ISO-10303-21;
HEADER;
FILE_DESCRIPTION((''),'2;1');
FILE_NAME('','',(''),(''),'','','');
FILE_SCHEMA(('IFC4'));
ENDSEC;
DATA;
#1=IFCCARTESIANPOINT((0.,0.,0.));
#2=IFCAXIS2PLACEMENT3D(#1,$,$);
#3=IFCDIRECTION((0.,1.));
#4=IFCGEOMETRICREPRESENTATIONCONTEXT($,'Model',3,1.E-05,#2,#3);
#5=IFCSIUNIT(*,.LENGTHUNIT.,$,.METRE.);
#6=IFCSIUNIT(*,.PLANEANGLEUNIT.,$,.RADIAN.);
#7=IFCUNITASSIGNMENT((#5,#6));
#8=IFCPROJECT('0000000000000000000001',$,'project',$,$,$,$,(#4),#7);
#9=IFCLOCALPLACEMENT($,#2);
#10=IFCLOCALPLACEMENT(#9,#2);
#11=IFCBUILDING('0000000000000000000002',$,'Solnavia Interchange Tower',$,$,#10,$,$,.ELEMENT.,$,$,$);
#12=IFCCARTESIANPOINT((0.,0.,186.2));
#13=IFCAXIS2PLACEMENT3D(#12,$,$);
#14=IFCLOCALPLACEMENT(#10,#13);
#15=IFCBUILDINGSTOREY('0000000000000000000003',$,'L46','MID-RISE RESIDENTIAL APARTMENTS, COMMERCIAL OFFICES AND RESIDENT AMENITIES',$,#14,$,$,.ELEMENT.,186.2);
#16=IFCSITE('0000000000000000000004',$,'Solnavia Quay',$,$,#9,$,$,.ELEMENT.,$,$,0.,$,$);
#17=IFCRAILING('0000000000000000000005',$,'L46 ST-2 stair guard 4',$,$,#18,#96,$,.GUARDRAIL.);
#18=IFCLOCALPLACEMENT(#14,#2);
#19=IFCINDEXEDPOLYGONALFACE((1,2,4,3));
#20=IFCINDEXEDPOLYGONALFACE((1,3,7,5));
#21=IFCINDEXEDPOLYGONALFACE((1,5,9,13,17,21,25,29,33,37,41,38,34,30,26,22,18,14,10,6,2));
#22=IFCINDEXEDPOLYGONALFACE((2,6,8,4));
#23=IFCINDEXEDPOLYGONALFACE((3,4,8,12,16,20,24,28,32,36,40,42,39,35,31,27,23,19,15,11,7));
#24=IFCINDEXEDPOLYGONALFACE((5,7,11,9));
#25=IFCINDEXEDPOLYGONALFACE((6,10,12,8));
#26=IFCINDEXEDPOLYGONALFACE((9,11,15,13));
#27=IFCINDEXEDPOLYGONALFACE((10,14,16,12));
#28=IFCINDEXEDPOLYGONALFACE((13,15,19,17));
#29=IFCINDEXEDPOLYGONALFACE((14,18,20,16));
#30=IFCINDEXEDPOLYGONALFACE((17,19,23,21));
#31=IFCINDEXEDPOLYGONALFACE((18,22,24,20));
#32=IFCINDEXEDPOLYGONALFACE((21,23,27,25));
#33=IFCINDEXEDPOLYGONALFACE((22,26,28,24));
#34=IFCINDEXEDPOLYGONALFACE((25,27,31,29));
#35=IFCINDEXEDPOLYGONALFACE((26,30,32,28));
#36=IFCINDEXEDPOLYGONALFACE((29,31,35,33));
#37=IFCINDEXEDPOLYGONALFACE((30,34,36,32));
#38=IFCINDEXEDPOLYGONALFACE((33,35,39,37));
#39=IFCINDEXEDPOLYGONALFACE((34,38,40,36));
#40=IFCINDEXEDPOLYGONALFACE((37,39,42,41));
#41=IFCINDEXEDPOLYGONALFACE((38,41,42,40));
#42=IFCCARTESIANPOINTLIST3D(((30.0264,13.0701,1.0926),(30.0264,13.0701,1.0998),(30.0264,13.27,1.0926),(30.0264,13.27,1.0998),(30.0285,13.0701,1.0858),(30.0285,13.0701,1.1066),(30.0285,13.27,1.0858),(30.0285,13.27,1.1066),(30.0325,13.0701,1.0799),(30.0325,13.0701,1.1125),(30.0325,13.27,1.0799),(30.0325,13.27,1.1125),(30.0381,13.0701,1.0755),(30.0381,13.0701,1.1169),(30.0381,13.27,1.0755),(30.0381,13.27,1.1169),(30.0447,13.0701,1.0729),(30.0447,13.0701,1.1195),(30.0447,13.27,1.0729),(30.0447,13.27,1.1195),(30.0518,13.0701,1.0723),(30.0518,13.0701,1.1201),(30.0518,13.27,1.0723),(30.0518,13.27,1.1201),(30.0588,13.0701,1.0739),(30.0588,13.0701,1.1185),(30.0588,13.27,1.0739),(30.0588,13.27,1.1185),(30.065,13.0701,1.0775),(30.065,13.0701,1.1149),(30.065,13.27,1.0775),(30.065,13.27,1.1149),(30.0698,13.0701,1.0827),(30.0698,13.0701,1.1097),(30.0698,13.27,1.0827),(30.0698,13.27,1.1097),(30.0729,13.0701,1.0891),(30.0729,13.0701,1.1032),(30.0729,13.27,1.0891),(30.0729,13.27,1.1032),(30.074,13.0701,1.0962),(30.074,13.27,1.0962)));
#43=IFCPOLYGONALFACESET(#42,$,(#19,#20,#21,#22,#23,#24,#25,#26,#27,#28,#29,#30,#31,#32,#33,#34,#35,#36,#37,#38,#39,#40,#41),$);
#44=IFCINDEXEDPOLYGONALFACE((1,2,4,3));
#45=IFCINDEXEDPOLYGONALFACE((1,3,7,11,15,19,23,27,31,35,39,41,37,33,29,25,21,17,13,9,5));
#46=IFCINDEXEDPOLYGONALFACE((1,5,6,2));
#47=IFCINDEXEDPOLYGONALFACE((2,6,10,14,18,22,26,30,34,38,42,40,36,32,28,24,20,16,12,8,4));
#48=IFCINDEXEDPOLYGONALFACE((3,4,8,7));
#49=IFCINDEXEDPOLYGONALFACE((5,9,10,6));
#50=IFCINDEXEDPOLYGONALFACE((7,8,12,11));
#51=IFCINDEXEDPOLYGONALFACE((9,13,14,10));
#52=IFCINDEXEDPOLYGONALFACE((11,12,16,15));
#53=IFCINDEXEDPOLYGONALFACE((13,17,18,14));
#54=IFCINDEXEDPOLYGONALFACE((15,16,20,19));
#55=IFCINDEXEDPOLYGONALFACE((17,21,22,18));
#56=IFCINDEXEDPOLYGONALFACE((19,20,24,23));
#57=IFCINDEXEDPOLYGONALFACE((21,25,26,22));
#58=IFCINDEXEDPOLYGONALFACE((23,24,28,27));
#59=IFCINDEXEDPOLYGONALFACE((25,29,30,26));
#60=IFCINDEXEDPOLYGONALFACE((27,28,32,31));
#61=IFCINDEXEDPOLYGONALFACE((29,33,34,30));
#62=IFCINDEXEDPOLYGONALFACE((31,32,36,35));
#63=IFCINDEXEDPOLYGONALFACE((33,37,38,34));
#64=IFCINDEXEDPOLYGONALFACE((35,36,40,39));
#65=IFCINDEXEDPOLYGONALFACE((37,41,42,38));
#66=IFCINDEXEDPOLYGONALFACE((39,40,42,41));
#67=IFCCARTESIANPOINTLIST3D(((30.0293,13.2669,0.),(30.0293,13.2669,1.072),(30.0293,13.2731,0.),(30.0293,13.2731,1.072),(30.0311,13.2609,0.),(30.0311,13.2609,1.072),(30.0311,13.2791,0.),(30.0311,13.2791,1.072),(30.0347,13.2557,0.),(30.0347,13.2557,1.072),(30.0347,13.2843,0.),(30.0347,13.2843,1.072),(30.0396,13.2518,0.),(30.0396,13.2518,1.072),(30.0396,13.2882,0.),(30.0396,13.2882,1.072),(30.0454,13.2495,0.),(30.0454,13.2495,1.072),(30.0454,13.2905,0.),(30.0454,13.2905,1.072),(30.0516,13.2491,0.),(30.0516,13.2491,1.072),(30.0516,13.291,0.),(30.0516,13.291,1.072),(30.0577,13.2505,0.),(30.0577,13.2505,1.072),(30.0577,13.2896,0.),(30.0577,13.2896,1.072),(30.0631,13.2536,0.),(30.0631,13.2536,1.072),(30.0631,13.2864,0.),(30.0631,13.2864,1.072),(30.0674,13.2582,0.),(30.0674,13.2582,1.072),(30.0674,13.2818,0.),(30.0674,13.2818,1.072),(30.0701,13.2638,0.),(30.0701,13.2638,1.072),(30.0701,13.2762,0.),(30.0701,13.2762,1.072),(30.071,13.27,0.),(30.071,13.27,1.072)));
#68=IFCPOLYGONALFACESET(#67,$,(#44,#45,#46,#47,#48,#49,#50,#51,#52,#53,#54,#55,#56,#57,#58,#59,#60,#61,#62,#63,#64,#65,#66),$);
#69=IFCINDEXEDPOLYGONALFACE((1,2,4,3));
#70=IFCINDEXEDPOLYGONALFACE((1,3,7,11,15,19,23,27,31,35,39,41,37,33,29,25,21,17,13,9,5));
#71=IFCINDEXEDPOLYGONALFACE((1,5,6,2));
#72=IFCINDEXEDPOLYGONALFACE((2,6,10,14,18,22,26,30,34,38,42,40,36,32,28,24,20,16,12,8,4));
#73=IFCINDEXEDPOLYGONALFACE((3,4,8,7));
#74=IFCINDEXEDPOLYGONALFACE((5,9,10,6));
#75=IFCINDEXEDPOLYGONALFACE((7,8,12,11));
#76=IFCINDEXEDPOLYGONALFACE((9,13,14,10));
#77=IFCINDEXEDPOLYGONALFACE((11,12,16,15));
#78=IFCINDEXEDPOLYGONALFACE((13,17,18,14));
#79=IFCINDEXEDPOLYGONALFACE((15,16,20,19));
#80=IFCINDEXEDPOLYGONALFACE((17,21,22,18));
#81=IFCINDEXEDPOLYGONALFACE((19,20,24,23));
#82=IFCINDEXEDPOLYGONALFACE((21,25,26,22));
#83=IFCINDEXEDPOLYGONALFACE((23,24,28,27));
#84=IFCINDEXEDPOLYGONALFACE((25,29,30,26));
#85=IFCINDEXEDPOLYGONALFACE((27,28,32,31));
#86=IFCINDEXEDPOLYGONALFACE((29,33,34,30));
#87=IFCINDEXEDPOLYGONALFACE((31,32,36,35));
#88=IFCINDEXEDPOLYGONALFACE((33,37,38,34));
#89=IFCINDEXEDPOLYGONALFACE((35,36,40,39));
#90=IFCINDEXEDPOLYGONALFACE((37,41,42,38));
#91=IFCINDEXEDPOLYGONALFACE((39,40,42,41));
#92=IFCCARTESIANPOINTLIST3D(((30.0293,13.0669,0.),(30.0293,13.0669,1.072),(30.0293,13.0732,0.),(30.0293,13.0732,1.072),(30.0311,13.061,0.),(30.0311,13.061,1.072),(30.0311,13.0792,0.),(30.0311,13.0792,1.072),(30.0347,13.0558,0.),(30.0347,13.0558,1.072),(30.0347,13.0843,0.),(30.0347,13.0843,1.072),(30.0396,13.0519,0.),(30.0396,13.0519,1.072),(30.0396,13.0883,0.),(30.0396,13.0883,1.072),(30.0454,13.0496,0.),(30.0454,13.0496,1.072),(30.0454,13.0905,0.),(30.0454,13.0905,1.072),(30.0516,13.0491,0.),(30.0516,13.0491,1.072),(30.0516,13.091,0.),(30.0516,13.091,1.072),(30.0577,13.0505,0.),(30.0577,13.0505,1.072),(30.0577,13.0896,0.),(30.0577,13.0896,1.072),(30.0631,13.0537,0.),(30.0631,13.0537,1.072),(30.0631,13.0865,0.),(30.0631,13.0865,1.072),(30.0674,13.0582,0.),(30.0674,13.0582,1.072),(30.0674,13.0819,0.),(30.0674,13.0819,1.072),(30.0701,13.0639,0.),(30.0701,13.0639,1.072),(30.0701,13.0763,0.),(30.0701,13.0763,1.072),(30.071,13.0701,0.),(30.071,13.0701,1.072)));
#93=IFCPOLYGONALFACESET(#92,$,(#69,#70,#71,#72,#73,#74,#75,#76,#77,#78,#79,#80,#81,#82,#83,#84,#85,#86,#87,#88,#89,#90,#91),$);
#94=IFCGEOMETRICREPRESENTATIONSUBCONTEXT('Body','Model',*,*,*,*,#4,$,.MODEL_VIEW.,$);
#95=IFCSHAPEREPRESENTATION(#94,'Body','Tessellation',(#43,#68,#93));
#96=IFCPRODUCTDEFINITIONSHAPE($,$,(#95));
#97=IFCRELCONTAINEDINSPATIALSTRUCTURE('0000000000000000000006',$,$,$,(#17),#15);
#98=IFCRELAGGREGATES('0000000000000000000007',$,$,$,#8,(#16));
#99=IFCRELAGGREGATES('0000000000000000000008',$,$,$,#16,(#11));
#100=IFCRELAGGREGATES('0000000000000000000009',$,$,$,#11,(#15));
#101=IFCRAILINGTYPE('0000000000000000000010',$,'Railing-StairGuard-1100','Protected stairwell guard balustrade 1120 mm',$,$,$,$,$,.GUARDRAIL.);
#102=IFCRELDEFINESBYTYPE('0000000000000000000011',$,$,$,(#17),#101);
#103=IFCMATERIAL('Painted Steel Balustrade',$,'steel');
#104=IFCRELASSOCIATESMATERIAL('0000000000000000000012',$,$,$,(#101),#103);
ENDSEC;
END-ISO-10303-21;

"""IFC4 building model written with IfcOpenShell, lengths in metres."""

from ifc_helpers import new_model, si_unit, direction, frame, origin, origin_2d, place, context, subcontext, project, spatial, circle, extrude, material, type_object, element, save


model = new_model("IFC4")

# Units and contexts
model_context = context("Model", 3, precision=1e-05, world=origin(), true_north=direction((0.0, 1.0)))
body_context = subcontext(model_context, "Body", "Model", "MODEL_VIEW")
ifc_project = project(units=[si_unit("LENGTHUNIT", "METRE"), si_unit("PLANEANGLEUNIT", "RADIAN")], contexts=[model_context])

# Site, building, storey
site_placement = place(None, origin())
site = spatial("IfcSite", under=ifc_project, at=site_placement, Name="Solnavia Quay", CompositionType="ELEMENT", RefElevation=0.0)
building_placement = place(site_placement, origin())
building = spatial("IfcBuilding", under=site, at=building_placement, Name="Solnavia Interchange Tower", CompositionType="ELEMENT")
storey_placement = place(building_placement, frame((0.0, 0.0, 186.2)))
storey = spatial("IfcBuildingStorey", under=building, at=storey_placement, Name="L46", Description="MID-RISE RESIDENTIAL APARTMENTS, COMMERCIAL OFFICES AND RESIDENT AMENITIES", CompositionType="ELEMENT", Elevation=186.2)

# Railing
ifc_material_1 = material(Name="Painted Steel Balustrade", Category="steel")
railing_type_1 = type_object("IfcRailingType", Name="Railing-StairGuard-1100", Description="Protected stairwell guard balustrade 1120 mm", PredefinedType="GUARDRAIL", material=ifc_material_1)
railing_1_placement = place(storey_placement, frame((30.05, 13.27, 0.0)))
element("IfcRailing", 1, at=railing_1_placement, inside=storey, type_object=railing_type_1, Name="L46 ST-2 stair guard 4", PredefinedType="GUARDRAIL", context=body_context, shape_type="SweptSolid", body=[
    extrude(circle(Radius=0.0239, at=origin_2d()), frame((0.0, 0.0, 1.0962), z_axis=(0.0, -1.0, 0.0), x_axis=(1.0, 0.0, 0.0)), (0.0, 0.0, 1.0), 0.2),
    extrude(circle(Radius=0.021, at=origin_2d()), origin(), (0.0, 0.0, 1.0), 1.072),
    extrude(circle(Radius=0.021, at=origin_2d()), frame((0.0, -0.2, 0.0)), (0.0, 0.0, 1.0), 1.072),
])

save(model, "model.ifc")
